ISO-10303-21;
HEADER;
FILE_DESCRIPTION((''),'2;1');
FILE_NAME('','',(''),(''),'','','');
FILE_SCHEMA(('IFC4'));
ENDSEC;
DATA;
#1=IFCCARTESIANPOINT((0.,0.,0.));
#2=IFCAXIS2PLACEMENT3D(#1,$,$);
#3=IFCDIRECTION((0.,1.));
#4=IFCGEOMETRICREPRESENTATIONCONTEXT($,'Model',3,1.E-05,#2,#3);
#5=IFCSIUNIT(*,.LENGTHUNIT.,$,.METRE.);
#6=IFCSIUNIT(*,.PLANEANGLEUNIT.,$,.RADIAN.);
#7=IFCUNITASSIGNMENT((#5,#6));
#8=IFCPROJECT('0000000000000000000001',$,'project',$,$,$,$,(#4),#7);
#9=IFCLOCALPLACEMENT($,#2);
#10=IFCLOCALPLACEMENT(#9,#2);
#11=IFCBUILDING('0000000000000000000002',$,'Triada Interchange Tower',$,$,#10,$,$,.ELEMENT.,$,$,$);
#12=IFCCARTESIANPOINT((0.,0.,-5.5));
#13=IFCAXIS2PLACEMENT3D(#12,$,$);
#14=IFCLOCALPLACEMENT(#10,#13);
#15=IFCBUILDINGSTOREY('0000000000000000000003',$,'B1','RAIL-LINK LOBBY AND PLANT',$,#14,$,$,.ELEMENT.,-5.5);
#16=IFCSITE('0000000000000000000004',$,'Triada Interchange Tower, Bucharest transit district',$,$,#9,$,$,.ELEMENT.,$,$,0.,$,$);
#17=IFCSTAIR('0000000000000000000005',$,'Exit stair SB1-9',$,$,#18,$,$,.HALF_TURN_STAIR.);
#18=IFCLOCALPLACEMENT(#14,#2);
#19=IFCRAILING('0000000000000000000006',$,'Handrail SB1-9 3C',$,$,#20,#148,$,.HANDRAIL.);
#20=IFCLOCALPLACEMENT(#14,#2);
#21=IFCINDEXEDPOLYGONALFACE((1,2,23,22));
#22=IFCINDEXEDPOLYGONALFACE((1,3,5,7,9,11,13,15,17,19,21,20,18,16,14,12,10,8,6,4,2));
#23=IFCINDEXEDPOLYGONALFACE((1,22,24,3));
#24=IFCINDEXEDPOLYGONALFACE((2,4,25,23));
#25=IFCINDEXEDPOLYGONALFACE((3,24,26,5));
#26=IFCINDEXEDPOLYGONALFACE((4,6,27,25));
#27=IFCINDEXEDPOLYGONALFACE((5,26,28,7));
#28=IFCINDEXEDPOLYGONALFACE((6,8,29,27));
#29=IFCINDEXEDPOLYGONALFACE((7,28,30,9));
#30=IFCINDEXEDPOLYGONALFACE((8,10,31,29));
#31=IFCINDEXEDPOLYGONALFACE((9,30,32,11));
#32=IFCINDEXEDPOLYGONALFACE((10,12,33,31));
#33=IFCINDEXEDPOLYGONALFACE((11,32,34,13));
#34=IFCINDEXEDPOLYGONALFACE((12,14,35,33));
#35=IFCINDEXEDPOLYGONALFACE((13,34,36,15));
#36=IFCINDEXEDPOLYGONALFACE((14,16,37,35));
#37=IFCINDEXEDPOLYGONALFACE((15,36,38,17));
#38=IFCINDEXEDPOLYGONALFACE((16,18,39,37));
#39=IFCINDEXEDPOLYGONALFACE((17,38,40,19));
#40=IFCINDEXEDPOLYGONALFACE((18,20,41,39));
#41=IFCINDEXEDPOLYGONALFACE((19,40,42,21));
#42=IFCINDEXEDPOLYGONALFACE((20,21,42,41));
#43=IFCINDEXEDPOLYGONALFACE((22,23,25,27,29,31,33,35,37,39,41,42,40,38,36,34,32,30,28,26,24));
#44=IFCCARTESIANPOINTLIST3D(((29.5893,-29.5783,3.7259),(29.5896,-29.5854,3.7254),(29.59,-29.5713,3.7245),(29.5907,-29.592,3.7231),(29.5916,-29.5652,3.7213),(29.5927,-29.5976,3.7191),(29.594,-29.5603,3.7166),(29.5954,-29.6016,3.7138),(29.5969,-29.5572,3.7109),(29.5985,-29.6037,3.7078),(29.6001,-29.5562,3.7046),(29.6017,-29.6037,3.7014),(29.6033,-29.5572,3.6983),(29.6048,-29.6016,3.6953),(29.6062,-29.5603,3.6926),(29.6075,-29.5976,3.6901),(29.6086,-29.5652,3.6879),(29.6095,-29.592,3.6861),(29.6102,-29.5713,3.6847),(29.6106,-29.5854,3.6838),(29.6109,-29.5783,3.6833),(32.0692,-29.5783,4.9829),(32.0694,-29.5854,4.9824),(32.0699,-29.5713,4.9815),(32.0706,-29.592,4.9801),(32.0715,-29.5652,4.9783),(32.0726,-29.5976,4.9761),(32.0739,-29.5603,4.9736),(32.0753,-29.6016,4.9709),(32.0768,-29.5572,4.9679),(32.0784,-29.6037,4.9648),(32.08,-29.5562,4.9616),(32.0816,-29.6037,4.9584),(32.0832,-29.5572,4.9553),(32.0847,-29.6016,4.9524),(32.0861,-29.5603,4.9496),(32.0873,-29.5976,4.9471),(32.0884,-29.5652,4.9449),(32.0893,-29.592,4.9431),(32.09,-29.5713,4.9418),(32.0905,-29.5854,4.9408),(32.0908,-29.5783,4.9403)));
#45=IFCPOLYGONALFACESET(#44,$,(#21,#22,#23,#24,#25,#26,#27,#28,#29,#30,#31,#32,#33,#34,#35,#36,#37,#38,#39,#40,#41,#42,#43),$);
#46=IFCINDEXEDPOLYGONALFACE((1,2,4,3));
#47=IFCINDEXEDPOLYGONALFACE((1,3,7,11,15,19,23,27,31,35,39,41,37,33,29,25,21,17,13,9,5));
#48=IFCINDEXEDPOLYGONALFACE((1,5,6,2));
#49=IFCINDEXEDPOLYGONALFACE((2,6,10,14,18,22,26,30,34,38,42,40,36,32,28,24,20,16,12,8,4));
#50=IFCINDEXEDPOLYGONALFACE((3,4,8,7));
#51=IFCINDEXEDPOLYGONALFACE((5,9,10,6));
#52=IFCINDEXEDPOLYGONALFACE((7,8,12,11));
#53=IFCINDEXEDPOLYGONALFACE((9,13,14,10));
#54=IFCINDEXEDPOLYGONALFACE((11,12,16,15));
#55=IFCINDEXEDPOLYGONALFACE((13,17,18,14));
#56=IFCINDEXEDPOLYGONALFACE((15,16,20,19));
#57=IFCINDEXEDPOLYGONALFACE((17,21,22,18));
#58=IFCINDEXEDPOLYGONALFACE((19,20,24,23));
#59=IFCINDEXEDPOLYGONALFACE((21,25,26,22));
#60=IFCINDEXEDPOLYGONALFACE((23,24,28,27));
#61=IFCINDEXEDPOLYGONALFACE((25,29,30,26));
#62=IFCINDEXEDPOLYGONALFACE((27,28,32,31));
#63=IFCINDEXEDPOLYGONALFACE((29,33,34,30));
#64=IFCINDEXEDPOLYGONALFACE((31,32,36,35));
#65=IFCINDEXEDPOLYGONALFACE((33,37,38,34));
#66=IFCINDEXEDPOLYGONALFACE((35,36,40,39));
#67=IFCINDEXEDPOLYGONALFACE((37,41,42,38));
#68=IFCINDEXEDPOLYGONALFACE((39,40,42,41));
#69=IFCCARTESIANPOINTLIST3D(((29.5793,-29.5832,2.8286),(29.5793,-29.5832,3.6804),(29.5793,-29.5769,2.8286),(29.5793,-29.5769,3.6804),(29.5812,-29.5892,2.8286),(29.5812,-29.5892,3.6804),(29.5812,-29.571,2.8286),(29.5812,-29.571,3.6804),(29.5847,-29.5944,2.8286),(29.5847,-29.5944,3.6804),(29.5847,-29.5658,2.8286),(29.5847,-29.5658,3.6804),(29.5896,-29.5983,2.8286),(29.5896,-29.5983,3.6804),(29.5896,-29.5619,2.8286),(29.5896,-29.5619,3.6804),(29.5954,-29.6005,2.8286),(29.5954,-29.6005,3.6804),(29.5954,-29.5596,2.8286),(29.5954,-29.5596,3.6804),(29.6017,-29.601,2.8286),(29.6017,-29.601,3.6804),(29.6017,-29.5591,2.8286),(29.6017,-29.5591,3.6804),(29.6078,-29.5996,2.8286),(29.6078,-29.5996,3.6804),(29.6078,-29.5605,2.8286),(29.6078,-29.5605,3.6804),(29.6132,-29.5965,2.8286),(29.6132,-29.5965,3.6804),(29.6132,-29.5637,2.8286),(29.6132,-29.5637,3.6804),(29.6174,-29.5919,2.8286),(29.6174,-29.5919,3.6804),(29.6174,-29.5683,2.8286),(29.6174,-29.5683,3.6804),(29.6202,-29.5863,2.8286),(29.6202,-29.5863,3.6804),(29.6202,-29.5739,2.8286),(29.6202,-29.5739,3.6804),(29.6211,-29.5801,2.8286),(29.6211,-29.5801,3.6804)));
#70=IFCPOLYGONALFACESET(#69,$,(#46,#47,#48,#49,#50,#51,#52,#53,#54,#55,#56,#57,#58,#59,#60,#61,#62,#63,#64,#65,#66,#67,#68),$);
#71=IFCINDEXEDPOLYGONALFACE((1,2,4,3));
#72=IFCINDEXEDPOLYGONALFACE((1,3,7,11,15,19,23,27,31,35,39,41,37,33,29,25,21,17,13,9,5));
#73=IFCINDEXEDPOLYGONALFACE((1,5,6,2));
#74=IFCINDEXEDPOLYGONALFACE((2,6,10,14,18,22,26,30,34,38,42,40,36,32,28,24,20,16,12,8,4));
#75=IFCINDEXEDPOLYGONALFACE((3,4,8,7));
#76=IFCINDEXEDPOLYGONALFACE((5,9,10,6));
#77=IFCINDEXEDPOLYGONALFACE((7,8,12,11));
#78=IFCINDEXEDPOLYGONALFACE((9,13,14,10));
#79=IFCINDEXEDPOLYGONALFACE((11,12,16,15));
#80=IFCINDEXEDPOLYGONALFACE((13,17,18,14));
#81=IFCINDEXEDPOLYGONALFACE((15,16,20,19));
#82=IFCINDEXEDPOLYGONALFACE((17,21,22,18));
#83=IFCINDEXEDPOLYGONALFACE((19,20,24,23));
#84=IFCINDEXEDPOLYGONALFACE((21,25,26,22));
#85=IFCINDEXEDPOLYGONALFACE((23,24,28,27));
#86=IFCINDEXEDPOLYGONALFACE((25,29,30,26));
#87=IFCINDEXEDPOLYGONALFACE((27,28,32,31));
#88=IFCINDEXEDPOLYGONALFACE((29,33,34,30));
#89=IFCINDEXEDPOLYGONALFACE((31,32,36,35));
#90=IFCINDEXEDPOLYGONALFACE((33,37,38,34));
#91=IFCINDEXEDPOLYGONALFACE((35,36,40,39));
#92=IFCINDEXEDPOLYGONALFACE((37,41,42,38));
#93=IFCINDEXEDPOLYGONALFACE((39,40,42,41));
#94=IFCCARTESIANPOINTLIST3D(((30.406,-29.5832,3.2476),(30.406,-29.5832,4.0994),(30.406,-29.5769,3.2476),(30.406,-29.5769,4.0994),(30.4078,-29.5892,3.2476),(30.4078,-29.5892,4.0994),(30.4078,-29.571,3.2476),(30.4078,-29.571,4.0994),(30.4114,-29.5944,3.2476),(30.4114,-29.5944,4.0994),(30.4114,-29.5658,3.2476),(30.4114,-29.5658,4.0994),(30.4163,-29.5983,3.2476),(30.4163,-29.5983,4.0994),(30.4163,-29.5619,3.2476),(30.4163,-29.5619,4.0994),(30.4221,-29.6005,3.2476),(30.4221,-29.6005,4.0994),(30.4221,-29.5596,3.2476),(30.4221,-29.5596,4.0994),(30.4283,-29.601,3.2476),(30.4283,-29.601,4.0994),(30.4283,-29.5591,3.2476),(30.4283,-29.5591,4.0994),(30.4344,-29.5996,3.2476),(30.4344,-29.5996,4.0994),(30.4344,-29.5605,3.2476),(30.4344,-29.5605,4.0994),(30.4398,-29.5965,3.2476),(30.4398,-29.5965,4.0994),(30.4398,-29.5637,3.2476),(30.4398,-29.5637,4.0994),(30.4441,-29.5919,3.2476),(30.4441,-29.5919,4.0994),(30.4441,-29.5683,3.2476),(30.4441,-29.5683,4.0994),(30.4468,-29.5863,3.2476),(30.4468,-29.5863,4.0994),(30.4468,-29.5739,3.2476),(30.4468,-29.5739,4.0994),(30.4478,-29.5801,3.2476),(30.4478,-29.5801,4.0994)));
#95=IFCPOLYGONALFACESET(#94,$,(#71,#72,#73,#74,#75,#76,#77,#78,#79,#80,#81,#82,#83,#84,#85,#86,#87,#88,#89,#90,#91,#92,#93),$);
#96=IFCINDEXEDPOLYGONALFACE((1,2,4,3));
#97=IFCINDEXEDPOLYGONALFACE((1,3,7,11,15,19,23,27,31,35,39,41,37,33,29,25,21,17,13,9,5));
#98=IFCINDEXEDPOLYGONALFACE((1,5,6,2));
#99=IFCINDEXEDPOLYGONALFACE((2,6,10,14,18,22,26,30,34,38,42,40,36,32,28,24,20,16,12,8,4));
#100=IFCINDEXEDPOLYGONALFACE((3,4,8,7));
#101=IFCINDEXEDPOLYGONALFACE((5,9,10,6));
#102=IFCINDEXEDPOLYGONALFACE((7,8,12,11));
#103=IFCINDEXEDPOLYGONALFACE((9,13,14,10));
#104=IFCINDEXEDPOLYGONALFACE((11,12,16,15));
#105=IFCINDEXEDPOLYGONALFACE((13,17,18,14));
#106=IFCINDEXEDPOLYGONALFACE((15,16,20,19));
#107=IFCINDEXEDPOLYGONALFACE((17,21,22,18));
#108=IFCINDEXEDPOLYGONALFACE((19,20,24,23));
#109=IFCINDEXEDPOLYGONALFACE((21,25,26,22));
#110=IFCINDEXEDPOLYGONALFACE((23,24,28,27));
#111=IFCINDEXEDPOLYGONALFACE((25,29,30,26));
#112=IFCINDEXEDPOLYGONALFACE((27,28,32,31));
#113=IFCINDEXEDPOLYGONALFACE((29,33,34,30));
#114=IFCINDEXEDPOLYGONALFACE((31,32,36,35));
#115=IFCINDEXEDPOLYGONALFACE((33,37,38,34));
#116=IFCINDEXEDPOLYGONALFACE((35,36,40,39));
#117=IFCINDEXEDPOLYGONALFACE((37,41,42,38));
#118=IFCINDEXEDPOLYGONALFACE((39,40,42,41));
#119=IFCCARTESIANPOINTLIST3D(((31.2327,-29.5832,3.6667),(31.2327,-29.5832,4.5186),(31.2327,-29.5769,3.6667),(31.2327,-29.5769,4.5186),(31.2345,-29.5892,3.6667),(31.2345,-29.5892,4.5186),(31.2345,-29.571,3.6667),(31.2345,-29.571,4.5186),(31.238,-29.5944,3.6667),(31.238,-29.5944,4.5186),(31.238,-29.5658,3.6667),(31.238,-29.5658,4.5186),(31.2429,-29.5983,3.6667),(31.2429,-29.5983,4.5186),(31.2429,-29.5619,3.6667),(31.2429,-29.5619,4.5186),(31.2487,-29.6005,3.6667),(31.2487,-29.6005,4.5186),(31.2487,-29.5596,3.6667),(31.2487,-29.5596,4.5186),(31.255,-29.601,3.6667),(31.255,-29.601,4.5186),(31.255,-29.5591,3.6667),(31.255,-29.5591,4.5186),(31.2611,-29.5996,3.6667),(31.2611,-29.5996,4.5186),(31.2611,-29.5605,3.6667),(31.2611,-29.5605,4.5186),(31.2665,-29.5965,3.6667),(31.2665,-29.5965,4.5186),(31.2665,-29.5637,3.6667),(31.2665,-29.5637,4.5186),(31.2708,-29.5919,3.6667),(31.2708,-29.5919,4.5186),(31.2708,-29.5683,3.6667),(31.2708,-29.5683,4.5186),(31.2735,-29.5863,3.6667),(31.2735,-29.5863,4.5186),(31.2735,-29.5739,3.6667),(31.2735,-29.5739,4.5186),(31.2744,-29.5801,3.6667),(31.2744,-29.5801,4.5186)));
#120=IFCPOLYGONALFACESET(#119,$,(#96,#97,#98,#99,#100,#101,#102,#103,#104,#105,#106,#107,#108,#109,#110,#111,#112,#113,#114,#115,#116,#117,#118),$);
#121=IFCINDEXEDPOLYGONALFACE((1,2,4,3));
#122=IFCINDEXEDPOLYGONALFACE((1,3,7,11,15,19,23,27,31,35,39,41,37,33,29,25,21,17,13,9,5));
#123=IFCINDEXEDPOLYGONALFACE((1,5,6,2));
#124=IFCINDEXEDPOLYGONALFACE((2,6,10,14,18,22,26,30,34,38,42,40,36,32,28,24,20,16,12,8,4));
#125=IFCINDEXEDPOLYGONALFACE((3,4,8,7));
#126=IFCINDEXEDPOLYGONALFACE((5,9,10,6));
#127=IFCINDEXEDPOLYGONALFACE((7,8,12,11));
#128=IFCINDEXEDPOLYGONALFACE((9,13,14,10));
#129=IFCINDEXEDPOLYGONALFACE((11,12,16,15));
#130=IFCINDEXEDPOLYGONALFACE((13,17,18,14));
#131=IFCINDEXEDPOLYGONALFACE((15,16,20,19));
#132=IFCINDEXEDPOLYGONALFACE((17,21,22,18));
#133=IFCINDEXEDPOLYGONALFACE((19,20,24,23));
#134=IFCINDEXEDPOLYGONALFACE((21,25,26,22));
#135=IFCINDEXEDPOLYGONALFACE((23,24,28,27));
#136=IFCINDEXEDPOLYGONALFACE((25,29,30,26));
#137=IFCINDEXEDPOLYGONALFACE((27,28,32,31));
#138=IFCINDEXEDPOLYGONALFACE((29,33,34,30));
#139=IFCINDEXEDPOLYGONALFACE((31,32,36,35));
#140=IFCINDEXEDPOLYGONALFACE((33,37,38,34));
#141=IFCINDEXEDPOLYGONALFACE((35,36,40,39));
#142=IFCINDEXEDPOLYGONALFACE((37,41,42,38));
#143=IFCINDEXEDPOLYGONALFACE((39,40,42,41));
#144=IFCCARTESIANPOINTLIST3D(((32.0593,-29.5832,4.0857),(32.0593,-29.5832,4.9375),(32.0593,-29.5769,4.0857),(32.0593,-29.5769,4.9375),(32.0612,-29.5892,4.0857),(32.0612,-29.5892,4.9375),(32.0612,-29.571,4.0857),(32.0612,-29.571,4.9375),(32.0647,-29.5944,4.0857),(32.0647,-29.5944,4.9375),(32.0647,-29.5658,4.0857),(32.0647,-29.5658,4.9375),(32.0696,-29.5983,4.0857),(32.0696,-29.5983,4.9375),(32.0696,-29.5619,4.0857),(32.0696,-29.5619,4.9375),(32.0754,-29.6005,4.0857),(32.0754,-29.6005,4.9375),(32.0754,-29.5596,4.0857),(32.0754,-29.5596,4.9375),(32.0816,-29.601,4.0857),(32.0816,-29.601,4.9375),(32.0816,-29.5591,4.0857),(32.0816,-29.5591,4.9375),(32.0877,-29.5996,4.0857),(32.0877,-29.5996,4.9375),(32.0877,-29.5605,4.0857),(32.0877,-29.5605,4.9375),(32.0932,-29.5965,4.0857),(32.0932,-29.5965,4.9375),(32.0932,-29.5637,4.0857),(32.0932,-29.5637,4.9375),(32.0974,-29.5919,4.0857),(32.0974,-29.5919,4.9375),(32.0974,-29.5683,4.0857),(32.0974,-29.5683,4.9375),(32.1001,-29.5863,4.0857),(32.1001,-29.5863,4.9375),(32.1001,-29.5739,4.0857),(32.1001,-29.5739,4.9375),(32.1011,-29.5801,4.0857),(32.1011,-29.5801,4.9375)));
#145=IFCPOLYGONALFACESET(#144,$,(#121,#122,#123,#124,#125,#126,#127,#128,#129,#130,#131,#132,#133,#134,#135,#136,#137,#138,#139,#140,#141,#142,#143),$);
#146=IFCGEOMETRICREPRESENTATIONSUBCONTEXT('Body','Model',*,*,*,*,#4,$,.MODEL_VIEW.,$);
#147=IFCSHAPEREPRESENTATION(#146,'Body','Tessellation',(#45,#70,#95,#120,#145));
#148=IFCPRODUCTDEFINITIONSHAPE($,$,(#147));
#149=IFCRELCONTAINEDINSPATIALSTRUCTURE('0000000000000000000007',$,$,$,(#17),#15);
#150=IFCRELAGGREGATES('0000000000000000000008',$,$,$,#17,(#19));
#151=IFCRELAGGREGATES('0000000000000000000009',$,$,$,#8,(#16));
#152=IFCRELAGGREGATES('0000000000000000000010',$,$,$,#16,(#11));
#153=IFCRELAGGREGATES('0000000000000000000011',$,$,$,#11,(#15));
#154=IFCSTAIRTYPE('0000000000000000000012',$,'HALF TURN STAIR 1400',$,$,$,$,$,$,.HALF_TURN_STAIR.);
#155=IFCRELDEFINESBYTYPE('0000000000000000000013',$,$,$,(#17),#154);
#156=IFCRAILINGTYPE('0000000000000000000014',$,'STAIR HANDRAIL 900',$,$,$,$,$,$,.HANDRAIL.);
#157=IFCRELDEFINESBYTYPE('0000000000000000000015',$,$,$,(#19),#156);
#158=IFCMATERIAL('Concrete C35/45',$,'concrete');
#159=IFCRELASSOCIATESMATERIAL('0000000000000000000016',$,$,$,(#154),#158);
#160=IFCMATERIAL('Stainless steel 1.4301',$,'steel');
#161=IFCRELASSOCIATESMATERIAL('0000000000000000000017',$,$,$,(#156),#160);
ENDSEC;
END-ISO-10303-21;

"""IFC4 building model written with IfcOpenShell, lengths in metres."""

from ifc_helpers import new_model, si_unit, direction, frame, origin, origin_2d, place, context, subcontext, project, spatial, circle, extrude, material, type_object, element, aggregate, save


model = new_model("IFC4")

# Units and contexts
model_context = context("Model", 3, precision=1e-05, world=origin(), true_north=direction((0.0, 1.0)))
body_context = subcontext(model_context, "Body", "Model", "MODEL_VIEW")
ifc_project = project(units=[si_unit("LENGTHUNIT", "METRE"), si_unit("PLANEANGLEUNIT", "RADIAN")], contexts=[model_context])

# Site, building, storey
site_placement = place(None, origin())
site = spatial("IfcSite", under=ifc_project, at=site_placement, Name="Triada Interchange Tower, Bucharest transit district", CompositionType="ELEMENT", RefElevation=0.0)
building_placement = place(site_placement, origin())
building = spatial("IfcBuilding", under=site, at=building_placement, Name="Triada Interchange Tower", CompositionType="ELEMENT")
storey_placement = place(building_placement, frame((0.0, 0.0, -5.5)))
storey = spatial("IfcBuildingStorey", under=building, at=storey_placement, Name="B1", Description="RAIL-LINK LOBBY AND PLANT", CompositionType="ELEMENT", Elevation=-5.5)

# Shared definitions
ifc_material_1 = material(Name="Concrete C35/45", Category="concrete")

# Stair, railing
stair_type = type_object("IfcStairType", Name="HALF TURN STAIR 1400", PredefinedType="HALF_TURN_STAIR", material=ifc_material_1)
stair_placement = place(storey_placement, origin())
stair = element("IfcStair", 1, at=stair_placement, inside=storey, type_object=stair_type, Name="Exit stair SB1-9", PredefinedType="HALF_TURN_STAIR")
ifc_material_2 = material(Name="Stainless steel 1.4301", Category="steel")
railing_type_1 = type_object("IfcRailingType", Name="STAIR HANDRAIL 900", PredefinedType="HANDRAIL", material=ifc_material_2)
railing_1_placement = place(storey_placement, frame((29.6001, -29.5801, 2.8286)))
railing_1 = element("IfcRailing", 2, at=railing_1_placement, type_object=railing_type_1, Name="Handrail SB1-9 3C", PredefinedType="HANDRAIL", context=body_context, shape_type="SweptSolid", body=[
    extrude(circle(Radius=0.0239, at=origin_2d()), frame((0.0, 0.0, 0.876), z_axis=(0.891955, 0.0, 0.452124), x_axis=(0.0, 1.0, 0.0)), (0.0, 0.0, 1.0), 2.7803),
    extrude(circle(Radius=0.021, at=origin_2d()), origin(), (0.0, 0.0, 1.0), 0.8518),
    extrude(circle(Radius=0.021, at=origin_2d()), frame((0.8267, 0.0, 0.4189)), (0.0, 0.0, 1.0), 0.8518),
    extrude(circle(Radius=0.021, at=origin_2d()), frame((1.6533, 0.0, 0.8381)), (0.0, 0.0, 1.0), 0.8518),
    extrude(circle(Radius=0.021, at=origin_2d()), frame((2.48, 0.0, 1.2571)), (0.0, 0.0, 1.0), 0.8518),
])
aggregate(stair, [railing_1])

save(model, "model.ifc")
